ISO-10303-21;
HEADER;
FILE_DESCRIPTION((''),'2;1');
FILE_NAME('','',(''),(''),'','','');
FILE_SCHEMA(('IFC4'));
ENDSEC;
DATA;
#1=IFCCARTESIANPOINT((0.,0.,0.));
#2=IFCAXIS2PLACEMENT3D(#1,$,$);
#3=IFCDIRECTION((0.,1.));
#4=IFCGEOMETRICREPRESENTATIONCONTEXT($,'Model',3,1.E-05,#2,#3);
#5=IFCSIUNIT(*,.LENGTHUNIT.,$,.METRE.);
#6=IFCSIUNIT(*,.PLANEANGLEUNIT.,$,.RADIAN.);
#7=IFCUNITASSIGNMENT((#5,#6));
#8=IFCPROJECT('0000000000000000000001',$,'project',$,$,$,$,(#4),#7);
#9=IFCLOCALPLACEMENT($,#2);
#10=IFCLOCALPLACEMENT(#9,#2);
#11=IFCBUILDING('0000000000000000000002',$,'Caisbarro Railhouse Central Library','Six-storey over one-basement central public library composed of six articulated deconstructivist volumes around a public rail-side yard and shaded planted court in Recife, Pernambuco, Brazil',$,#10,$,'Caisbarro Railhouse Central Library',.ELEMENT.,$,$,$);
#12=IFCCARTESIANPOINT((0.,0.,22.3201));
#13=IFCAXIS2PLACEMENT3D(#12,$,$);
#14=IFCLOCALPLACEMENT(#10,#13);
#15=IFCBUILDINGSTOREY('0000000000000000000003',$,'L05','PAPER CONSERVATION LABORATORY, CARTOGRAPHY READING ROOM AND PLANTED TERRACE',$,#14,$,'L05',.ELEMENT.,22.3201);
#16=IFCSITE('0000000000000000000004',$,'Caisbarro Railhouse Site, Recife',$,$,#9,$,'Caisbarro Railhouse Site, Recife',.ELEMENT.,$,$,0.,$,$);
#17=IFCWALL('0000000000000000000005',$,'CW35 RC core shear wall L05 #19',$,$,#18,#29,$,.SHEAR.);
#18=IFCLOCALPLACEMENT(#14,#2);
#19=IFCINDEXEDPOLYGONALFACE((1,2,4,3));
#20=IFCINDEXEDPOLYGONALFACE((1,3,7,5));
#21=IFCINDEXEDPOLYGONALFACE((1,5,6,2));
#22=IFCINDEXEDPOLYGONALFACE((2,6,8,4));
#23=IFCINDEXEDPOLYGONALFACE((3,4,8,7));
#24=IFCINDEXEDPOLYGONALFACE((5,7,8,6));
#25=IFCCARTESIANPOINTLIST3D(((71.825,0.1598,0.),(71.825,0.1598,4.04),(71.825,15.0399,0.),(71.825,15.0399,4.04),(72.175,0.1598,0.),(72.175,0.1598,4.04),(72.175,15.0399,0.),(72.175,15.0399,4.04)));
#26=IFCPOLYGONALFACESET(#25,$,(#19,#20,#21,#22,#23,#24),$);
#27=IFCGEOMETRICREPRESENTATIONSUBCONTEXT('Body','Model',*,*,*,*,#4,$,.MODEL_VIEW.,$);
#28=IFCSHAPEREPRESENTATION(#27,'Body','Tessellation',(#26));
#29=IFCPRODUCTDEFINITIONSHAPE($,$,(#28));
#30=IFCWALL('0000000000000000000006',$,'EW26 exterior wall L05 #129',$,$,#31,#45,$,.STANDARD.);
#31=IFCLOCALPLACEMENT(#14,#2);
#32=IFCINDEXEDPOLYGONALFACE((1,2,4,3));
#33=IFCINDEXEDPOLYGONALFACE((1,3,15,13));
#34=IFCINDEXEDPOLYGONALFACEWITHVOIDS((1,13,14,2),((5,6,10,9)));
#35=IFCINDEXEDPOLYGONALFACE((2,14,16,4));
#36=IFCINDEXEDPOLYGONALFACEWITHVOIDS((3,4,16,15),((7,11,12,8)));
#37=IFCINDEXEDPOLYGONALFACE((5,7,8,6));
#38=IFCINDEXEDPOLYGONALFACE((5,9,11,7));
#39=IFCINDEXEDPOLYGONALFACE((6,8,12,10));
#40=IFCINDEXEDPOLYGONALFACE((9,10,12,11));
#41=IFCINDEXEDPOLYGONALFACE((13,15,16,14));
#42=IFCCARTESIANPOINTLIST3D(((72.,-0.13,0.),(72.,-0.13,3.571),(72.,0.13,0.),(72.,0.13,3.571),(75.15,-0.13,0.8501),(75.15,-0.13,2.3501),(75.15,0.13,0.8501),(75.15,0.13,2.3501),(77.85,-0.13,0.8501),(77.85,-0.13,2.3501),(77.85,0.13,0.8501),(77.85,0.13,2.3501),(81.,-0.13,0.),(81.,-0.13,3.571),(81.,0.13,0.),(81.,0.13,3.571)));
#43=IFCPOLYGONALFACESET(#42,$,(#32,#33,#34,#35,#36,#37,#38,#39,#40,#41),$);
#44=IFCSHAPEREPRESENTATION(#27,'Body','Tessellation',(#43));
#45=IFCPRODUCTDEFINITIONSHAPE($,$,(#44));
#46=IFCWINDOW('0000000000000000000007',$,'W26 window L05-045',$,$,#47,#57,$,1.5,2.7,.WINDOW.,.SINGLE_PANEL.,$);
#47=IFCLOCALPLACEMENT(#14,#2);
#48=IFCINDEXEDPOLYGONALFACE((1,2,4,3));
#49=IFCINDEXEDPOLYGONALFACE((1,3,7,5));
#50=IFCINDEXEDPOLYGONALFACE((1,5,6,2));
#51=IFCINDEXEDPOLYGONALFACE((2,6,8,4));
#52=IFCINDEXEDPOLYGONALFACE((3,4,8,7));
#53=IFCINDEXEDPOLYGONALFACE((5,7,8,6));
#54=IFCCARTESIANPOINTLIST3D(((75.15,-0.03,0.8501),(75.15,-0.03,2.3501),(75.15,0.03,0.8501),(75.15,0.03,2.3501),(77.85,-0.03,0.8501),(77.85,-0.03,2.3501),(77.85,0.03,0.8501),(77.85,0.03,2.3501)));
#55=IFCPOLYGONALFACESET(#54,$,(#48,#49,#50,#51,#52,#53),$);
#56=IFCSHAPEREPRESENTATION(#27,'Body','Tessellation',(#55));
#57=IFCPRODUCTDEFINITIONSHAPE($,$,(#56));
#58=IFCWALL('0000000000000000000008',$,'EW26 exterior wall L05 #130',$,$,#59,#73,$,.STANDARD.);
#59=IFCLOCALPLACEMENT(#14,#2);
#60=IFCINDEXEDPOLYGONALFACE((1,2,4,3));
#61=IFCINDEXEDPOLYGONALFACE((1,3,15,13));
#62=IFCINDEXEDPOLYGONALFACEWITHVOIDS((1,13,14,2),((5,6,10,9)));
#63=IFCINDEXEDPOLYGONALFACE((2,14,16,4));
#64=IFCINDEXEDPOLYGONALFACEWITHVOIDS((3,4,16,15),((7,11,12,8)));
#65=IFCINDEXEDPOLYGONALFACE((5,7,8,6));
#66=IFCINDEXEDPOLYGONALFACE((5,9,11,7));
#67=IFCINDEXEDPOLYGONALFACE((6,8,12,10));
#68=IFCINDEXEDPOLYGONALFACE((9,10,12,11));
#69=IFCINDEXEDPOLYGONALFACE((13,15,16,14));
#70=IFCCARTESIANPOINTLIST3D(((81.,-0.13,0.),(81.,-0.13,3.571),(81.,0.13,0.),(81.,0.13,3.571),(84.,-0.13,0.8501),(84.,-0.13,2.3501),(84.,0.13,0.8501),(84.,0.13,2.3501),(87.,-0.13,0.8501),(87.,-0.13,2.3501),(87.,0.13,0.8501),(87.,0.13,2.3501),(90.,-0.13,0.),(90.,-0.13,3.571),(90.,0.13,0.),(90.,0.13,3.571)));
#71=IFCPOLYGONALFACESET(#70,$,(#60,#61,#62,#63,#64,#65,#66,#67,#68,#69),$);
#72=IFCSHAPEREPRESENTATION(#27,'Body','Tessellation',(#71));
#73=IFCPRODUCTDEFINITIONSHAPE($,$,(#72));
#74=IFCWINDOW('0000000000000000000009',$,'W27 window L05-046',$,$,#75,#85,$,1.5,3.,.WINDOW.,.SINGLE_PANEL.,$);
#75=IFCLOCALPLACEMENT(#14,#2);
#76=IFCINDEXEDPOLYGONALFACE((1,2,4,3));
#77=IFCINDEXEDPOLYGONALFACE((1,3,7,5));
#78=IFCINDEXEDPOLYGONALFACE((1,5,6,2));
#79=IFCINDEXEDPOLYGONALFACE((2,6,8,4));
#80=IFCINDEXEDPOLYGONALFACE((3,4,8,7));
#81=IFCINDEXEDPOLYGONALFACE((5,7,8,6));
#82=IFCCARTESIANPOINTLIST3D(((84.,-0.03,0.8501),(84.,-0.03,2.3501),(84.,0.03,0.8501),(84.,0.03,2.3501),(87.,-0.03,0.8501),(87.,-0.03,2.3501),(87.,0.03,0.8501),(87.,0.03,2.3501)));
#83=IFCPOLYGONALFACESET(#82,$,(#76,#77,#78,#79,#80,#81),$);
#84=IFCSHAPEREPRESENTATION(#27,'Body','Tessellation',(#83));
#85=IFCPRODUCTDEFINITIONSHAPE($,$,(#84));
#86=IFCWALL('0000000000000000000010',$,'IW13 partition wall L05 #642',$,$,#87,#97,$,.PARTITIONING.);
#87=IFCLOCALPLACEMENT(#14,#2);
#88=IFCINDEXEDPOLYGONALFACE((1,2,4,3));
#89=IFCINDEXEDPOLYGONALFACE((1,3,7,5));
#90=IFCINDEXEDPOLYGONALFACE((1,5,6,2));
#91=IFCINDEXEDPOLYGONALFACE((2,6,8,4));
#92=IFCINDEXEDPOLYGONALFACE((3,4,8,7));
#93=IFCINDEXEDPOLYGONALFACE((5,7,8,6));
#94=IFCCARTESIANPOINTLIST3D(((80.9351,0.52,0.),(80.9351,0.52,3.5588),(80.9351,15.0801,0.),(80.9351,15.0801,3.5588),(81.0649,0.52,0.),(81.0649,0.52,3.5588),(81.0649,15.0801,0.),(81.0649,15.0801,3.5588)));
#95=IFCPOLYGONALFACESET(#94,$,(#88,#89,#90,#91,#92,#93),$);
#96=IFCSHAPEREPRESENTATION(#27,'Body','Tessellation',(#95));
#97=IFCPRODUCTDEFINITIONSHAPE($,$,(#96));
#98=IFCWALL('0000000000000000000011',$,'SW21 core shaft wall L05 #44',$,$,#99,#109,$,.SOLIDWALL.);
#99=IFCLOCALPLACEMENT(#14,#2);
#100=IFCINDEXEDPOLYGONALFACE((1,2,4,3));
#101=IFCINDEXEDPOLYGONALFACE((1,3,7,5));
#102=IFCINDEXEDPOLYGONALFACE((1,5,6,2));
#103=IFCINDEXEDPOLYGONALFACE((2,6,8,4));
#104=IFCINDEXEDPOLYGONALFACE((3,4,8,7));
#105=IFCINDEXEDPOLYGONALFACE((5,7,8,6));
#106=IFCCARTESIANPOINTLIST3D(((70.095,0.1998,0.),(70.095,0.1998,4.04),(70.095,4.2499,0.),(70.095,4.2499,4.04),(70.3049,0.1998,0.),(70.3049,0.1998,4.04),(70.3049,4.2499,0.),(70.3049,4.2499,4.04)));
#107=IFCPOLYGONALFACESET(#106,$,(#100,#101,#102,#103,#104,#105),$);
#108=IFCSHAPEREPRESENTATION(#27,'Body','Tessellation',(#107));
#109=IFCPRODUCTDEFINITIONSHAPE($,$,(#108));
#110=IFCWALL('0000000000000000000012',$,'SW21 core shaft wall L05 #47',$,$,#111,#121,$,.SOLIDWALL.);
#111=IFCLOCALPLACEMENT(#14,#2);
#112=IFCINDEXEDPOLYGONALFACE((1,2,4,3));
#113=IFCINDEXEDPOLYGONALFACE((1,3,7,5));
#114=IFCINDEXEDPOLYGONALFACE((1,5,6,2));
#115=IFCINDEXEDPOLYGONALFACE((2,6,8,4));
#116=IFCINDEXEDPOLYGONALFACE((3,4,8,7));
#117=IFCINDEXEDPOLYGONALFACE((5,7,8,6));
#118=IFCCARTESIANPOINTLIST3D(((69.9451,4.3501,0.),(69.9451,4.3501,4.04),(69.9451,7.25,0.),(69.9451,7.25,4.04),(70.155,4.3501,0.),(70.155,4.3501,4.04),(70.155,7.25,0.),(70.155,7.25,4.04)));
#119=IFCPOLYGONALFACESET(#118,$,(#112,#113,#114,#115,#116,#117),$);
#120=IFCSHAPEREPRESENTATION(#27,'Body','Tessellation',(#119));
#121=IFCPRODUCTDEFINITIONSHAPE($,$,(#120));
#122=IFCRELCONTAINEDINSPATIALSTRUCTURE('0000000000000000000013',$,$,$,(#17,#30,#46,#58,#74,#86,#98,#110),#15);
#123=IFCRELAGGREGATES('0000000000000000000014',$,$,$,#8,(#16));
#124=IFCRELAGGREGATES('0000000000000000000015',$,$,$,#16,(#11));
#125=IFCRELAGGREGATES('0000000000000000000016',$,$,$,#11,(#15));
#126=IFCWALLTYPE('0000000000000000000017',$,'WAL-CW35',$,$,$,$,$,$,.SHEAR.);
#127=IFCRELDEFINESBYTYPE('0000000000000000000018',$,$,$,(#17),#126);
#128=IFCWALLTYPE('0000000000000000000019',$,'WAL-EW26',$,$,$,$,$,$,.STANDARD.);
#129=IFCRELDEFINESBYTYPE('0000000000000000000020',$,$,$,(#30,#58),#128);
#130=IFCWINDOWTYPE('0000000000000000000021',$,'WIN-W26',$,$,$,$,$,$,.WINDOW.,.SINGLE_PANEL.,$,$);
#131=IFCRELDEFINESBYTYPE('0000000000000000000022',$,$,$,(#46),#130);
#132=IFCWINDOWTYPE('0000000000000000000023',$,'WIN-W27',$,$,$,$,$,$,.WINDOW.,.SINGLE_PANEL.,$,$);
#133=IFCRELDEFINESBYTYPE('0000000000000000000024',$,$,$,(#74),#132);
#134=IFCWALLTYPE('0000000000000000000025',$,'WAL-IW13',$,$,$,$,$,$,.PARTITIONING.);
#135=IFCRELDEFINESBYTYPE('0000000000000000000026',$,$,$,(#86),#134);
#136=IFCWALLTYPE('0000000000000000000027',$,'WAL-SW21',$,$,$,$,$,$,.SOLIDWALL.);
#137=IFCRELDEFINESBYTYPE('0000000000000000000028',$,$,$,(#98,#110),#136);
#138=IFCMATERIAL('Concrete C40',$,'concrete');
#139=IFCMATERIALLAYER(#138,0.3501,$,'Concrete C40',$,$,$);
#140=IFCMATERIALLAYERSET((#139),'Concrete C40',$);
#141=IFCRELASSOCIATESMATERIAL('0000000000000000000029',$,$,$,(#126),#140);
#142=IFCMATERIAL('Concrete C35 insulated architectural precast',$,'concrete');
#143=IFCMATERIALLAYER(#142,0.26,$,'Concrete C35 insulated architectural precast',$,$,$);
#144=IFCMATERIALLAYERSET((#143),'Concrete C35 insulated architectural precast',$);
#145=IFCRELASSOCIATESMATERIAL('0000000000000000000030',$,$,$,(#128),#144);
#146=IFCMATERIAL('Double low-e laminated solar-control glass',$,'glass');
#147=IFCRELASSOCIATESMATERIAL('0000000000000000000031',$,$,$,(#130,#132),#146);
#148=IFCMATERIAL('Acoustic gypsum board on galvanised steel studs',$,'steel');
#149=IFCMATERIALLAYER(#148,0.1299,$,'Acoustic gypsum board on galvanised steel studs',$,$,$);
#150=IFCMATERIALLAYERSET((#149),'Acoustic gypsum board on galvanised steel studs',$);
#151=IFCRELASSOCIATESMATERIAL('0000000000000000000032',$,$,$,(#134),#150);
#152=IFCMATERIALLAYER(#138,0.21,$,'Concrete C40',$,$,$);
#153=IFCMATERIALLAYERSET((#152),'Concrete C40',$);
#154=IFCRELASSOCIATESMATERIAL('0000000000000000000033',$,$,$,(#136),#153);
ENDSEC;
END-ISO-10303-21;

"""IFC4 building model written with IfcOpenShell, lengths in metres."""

from ifc_helpers import new_model, si_unit, direction, frame, frame_2d, origin, place, context, subcontext, project, spatial, rectangle, extrude, material, layer, layer_set, type_object, element, fill, save


model = new_model("IFC4")

# Units and contexts
model_context = context("Model", 3, precision=1e-05, world=origin(), true_north=direction((0.0, 1.0)))
body_context = subcontext(model_context, "Body", "Model", "MODEL_VIEW")
ifc_project = project(units=[si_unit("LENGTHUNIT", "METRE"), si_unit("PLANEANGLEUNIT", "RADIAN")], contexts=[model_context])

# Site, building, storey
site_placement = place(None, origin())
site = spatial("IfcSite", under=ifc_project, at=site_placement, Name="Caisbarro Railhouse Site, Recife", LongName="Caisbarro Railhouse Site, Recife", CompositionType="ELEMENT", RefElevation=0.0)
building_placement = place(site_placement, origin())
building = spatial("IfcBuilding", under=site, at=building_placement, Name="Caisbarro Railhouse Central Library", Description="Six-storey over one-basement central public library composed of six articulated deconstructivist volumes around a public rail-side yard and shaded planted court in Recife, Pernambuco, Brazil", LongName="Caisbarro Railhouse Central Library", CompositionType="ELEMENT")
storey_placement = place(building_placement, frame((0.0, 0.0, 22.3201)))
storey = spatial("IfcBuildingStorey", under=building, at=storey_placement, Name="L05", Description="PAPER CONSERVATION LABORATORY, CARTOGRAPHY READING ROOM AND PLANTED TERRACE", LongName="L05", CompositionType="ELEMENT", Elevation=22.3201)

# Wall
ifc_material_1 = material(Name="Concrete C40", Category="concrete")
ifc_layer_1 = layer(ifc_material_1, 0.3501, Name="Concrete C40")
ifc_layer_set_1 = layer_set([ifc_layer_1], Name="Concrete C40")
wall_type_1 = type_object("IfcWallType", Name="WAL-CW35", PredefinedType="SHEAR", material=ifc_layer_set_1)
wall_1_placement = place(storey_placement, frame((72.0, 0.1599, 0.0), z_axis=(0.0, 0.0, 1.0), x_axis=(0.0, 1.0, 0.0)))
element("IfcWall", 1, at=wall_1_placement, inside=storey, type_object=wall_type_1, Name="CW35 RC core shear wall L05 #19", PredefinedType="SHEAR", context=body_context, shape_type="SweptSolid", body=[
    extrude(rectangle(XDim=14.8801, YDim=0.3501, at=frame_2d((7.4399, 0.0))), origin(), (0.0, 0.0, 1.0), 4.04),
])

# Walls, openings, windows
ifc_material_2 = material(Name="Concrete C35 insulated architectural precast", Category="concrete")
ifc_layer_2 = layer(ifc_material_2, 0.26, Name="Concrete C35 insulated architectural precast")
ifc_layer_set_2 = layer_set([ifc_layer_2], Name="Concrete C35 insulated architectural precast")
wall_type_2 = type_object("IfcWallType", Name="WAL-EW26", PredefinedType="STANDARD", material=ifc_layer_set_2)
wall_2_placement = place(storey_placement, frame((72.0, 0.0, 0.0), z_axis=(0.0, 0.0, 1.0), x_axis=(1.0, 0.0, 0.0)))
wall_2 = element("IfcWall", 2, at=wall_2_placement, inside=storey, type_object=wall_type_2, Name="EW26 exterior wall L05 #129", PredefinedType="STANDARD", context=body_context, shape_type="SweptSolid", body=[
    extrude(rectangle(XDim=9.0, YDim=0.26, at=frame_2d((4.5, 0.0))), origin(), (0.0, 0.0, 1.0), 3.571),
])
opening_1_placement = place(wall_2_placement, frame((3.1499, 0.0, 0.8501)))
opening_1 = element("IfcOpeningElement", 3, at=opening_1_placement, cuts=wall_2, PredefinedType="OPENING", context=body_context, shape_type="SweptSolid", body=[
    extrude(rectangle(XDim=2.7, YDim=1.5, at=frame_2d((1.3501, 0.75))), frame((0.0, 0.1401, 0.0), z_axis=(0.0, -1.0, 0.0), x_axis=(1.0, 0.0, 0.0)), (0.0, 0.0, 1.0), 0.28),
])
ifc_material_3 = material(Name="Double low-e laminated solar-control glass", Category="glass")
window_type_1 = type_object("IfcWindowType", Name="WIN-W26", PartitioningType="SINGLE_PANEL", PredefinedType="WINDOW", material=ifc_material_3)
window_1_placement = place(opening_1_placement, origin())
window_1 = element("IfcWindow", 4, at=window_1_placement, inside=storey, type_object=window_type_1, Name="W26 window L05-045", OverallHeight=1.5, OverallWidth=2.7, PartitioningType="SINGLE_PANEL", PredefinedType="WINDOW", context=body_context, shape_type="SweptSolid", body=[
    extrude(rectangle(XDim=2.7, YDim=1.5, at=frame_2d((1.3501, 0.75))), frame((0.0, 0.03, 0.0), z_axis=(0.0, -1.0, 0.0), x_axis=(1.0, 0.0, 0.0)), (0.0, 0.0, 1.0), 0.0601),
])
fill(opening_1, window_1)
wall_3_placement = place(storey_placement, frame((81.0, 0.0, 0.0), z_axis=(0.0, 0.0, 1.0), x_axis=(1.0, 0.0, 0.0)))
wall_3 = element("IfcWall", 5, at=wall_3_placement, inside=storey, type_object=wall_type_2, Name="EW26 exterior wall L05 #130", PredefinedType="STANDARD", context=body_context, shape_type="SweptSolid", body=[
    extrude(rectangle(XDim=9.0, YDim=0.26, at=frame_2d((4.5, 0.0))), origin(), (0.0, 0.0, 1.0), 3.571),
])
opening_2_placement = place(wall_3_placement, frame((3.0, 0.0, 0.8501)))
opening_2 = element("IfcOpeningElement", 6, at=opening_2_placement, cuts=wall_3, PredefinedType="OPENING", context=body_context, shape_type="SweptSolid", body=[
    extrude(rectangle(XDim=3.0, YDim=1.5, at=frame_2d((1.5, 0.75))), frame((0.0, 0.1401, 0.0), z_axis=(0.0, -1.0, 0.0), x_axis=(1.0, 0.0, 0.0)), (0.0, 0.0, 1.0), 0.28),
])
window_type_2 = type_object("IfcWindowType", Name="WIN-W27", PartitioningType="SINGLE_PANEL", PredefinedType="WINDOW", material=ifc_material_3)
window_2_placement = place(opening_2_placement, origin())
window_2 = element("IfcWindow", 7, at=window_2_placement, inside=storey, type_object=window_type_2, Name="W27 window L05-046", OverallHeight=1.5, OverallWidth=3.0, PartitioningType="SINGLE_PANEL", PredefinedType="WINDOW", context=body_context, shape_type="SweptSolid", body=[
    extrude(rectangle(XDim=3.0, YDim=1.5, at=frame_2d((1.5, 0.75))), frame((0.0, 0.03, 0.0), z_axis=(0.0, -1.0, 0.0), x_axis=(1.0, 0.0, 0.0)), (0.0, 0.0, 1.0), 0.0601),
])
fill(opening_2, window_2)

# Walls
ifc_material_4 = material(Name="Acoustic gypsum board on galvanised steel studs", Category="steel")
ifc_layer_3 = layer(ifc_material_4, 0.1299, Name="Acoustic gypsum board on galvanised steel studs")
ifc_layer_set_3 = layer_set([ifc_layer_3], Name="Acoustic gypsum board on galvanised steel studs")
wall_type_3 = type_object("IfcWallType", Name="WAL-IW13", PredefinedType="PARTITIONING", material=ifc_layer_set_3)
wall_4_placement = place(storey_placement, frame((81.0, 0.52, 0.0), z_axis=(0.0, 0.0, 1.0), x_axis=(0.0, 1.0, 0.0)))
element("IfcWall", 8, at=wall_4_placement, inside=storey, type_object=wall_type_3, Name="IW13 partition wall L05 #642", PredefinedType="PARTITIONING", context=body_context, shape_type="SweptSolid", body=[
    extrude(rectangle(XDim=14.5601, YDim=0.1299, at=frame_2d((7.28, 0.0))), origin(), (0.0, 0.0, 1.0), 3.5588),
])
ifc_layer_4 = layer(ifc_material_1, 0.21, Name="Concrete C40")
ifc_layer_set_4 = layer_set([ifc_layer_4], Name="Concrete C40")
wall_type_4 = type_object("IfcWallType", Name="WAL-SW21", PredefinedType="SOLIDWALL", material=ifc_layer_set_4)
wall_5_placement = place(storey_placement, frame((70.2, 0.2, 0.0), z_axis=(0.0, 0.0, 1.0), x_axis=(0.0, 1.0, 0.0)))
element("IfcWall", 9, at=wall_5_placement, inside=storey, type_object=wall_type_4, Name="SW21 core shaft wall L05 #44", PredefinedType="SOLIDWALL", context=body_context, shape_type="SweptSolid", body=[
    extrude(rectangle(XDim=4.05, YDim=0.21, at=frame_2d((2.0249, 0.0))), origin(), (0.0, 0.0, 1.0), 4.04),
])
wall_6_placement = place(storey_placement, frame((70.05, 4.3501, 0.0), z_axis=(0.0, 0.0, 1.0), x_axis=(0.0, 1.0, 0.0)))
element("IfcWall", 10, at=wall_6_placement, inside=storey, type_object=wall_type_4, Name="SW21 core shaft wall L05 #47", PredefinedType="SOLIDWALL", context=body_context, shape_type="SweptSolid", body=[
    extrude(rectangle(XDim=2.8999, YDim=0.21, at=frame_2d((1.45, 0.0))), origin(), (0.0, 0.0, 1.0), 4.04),
])

save(model, "model.ifc")
